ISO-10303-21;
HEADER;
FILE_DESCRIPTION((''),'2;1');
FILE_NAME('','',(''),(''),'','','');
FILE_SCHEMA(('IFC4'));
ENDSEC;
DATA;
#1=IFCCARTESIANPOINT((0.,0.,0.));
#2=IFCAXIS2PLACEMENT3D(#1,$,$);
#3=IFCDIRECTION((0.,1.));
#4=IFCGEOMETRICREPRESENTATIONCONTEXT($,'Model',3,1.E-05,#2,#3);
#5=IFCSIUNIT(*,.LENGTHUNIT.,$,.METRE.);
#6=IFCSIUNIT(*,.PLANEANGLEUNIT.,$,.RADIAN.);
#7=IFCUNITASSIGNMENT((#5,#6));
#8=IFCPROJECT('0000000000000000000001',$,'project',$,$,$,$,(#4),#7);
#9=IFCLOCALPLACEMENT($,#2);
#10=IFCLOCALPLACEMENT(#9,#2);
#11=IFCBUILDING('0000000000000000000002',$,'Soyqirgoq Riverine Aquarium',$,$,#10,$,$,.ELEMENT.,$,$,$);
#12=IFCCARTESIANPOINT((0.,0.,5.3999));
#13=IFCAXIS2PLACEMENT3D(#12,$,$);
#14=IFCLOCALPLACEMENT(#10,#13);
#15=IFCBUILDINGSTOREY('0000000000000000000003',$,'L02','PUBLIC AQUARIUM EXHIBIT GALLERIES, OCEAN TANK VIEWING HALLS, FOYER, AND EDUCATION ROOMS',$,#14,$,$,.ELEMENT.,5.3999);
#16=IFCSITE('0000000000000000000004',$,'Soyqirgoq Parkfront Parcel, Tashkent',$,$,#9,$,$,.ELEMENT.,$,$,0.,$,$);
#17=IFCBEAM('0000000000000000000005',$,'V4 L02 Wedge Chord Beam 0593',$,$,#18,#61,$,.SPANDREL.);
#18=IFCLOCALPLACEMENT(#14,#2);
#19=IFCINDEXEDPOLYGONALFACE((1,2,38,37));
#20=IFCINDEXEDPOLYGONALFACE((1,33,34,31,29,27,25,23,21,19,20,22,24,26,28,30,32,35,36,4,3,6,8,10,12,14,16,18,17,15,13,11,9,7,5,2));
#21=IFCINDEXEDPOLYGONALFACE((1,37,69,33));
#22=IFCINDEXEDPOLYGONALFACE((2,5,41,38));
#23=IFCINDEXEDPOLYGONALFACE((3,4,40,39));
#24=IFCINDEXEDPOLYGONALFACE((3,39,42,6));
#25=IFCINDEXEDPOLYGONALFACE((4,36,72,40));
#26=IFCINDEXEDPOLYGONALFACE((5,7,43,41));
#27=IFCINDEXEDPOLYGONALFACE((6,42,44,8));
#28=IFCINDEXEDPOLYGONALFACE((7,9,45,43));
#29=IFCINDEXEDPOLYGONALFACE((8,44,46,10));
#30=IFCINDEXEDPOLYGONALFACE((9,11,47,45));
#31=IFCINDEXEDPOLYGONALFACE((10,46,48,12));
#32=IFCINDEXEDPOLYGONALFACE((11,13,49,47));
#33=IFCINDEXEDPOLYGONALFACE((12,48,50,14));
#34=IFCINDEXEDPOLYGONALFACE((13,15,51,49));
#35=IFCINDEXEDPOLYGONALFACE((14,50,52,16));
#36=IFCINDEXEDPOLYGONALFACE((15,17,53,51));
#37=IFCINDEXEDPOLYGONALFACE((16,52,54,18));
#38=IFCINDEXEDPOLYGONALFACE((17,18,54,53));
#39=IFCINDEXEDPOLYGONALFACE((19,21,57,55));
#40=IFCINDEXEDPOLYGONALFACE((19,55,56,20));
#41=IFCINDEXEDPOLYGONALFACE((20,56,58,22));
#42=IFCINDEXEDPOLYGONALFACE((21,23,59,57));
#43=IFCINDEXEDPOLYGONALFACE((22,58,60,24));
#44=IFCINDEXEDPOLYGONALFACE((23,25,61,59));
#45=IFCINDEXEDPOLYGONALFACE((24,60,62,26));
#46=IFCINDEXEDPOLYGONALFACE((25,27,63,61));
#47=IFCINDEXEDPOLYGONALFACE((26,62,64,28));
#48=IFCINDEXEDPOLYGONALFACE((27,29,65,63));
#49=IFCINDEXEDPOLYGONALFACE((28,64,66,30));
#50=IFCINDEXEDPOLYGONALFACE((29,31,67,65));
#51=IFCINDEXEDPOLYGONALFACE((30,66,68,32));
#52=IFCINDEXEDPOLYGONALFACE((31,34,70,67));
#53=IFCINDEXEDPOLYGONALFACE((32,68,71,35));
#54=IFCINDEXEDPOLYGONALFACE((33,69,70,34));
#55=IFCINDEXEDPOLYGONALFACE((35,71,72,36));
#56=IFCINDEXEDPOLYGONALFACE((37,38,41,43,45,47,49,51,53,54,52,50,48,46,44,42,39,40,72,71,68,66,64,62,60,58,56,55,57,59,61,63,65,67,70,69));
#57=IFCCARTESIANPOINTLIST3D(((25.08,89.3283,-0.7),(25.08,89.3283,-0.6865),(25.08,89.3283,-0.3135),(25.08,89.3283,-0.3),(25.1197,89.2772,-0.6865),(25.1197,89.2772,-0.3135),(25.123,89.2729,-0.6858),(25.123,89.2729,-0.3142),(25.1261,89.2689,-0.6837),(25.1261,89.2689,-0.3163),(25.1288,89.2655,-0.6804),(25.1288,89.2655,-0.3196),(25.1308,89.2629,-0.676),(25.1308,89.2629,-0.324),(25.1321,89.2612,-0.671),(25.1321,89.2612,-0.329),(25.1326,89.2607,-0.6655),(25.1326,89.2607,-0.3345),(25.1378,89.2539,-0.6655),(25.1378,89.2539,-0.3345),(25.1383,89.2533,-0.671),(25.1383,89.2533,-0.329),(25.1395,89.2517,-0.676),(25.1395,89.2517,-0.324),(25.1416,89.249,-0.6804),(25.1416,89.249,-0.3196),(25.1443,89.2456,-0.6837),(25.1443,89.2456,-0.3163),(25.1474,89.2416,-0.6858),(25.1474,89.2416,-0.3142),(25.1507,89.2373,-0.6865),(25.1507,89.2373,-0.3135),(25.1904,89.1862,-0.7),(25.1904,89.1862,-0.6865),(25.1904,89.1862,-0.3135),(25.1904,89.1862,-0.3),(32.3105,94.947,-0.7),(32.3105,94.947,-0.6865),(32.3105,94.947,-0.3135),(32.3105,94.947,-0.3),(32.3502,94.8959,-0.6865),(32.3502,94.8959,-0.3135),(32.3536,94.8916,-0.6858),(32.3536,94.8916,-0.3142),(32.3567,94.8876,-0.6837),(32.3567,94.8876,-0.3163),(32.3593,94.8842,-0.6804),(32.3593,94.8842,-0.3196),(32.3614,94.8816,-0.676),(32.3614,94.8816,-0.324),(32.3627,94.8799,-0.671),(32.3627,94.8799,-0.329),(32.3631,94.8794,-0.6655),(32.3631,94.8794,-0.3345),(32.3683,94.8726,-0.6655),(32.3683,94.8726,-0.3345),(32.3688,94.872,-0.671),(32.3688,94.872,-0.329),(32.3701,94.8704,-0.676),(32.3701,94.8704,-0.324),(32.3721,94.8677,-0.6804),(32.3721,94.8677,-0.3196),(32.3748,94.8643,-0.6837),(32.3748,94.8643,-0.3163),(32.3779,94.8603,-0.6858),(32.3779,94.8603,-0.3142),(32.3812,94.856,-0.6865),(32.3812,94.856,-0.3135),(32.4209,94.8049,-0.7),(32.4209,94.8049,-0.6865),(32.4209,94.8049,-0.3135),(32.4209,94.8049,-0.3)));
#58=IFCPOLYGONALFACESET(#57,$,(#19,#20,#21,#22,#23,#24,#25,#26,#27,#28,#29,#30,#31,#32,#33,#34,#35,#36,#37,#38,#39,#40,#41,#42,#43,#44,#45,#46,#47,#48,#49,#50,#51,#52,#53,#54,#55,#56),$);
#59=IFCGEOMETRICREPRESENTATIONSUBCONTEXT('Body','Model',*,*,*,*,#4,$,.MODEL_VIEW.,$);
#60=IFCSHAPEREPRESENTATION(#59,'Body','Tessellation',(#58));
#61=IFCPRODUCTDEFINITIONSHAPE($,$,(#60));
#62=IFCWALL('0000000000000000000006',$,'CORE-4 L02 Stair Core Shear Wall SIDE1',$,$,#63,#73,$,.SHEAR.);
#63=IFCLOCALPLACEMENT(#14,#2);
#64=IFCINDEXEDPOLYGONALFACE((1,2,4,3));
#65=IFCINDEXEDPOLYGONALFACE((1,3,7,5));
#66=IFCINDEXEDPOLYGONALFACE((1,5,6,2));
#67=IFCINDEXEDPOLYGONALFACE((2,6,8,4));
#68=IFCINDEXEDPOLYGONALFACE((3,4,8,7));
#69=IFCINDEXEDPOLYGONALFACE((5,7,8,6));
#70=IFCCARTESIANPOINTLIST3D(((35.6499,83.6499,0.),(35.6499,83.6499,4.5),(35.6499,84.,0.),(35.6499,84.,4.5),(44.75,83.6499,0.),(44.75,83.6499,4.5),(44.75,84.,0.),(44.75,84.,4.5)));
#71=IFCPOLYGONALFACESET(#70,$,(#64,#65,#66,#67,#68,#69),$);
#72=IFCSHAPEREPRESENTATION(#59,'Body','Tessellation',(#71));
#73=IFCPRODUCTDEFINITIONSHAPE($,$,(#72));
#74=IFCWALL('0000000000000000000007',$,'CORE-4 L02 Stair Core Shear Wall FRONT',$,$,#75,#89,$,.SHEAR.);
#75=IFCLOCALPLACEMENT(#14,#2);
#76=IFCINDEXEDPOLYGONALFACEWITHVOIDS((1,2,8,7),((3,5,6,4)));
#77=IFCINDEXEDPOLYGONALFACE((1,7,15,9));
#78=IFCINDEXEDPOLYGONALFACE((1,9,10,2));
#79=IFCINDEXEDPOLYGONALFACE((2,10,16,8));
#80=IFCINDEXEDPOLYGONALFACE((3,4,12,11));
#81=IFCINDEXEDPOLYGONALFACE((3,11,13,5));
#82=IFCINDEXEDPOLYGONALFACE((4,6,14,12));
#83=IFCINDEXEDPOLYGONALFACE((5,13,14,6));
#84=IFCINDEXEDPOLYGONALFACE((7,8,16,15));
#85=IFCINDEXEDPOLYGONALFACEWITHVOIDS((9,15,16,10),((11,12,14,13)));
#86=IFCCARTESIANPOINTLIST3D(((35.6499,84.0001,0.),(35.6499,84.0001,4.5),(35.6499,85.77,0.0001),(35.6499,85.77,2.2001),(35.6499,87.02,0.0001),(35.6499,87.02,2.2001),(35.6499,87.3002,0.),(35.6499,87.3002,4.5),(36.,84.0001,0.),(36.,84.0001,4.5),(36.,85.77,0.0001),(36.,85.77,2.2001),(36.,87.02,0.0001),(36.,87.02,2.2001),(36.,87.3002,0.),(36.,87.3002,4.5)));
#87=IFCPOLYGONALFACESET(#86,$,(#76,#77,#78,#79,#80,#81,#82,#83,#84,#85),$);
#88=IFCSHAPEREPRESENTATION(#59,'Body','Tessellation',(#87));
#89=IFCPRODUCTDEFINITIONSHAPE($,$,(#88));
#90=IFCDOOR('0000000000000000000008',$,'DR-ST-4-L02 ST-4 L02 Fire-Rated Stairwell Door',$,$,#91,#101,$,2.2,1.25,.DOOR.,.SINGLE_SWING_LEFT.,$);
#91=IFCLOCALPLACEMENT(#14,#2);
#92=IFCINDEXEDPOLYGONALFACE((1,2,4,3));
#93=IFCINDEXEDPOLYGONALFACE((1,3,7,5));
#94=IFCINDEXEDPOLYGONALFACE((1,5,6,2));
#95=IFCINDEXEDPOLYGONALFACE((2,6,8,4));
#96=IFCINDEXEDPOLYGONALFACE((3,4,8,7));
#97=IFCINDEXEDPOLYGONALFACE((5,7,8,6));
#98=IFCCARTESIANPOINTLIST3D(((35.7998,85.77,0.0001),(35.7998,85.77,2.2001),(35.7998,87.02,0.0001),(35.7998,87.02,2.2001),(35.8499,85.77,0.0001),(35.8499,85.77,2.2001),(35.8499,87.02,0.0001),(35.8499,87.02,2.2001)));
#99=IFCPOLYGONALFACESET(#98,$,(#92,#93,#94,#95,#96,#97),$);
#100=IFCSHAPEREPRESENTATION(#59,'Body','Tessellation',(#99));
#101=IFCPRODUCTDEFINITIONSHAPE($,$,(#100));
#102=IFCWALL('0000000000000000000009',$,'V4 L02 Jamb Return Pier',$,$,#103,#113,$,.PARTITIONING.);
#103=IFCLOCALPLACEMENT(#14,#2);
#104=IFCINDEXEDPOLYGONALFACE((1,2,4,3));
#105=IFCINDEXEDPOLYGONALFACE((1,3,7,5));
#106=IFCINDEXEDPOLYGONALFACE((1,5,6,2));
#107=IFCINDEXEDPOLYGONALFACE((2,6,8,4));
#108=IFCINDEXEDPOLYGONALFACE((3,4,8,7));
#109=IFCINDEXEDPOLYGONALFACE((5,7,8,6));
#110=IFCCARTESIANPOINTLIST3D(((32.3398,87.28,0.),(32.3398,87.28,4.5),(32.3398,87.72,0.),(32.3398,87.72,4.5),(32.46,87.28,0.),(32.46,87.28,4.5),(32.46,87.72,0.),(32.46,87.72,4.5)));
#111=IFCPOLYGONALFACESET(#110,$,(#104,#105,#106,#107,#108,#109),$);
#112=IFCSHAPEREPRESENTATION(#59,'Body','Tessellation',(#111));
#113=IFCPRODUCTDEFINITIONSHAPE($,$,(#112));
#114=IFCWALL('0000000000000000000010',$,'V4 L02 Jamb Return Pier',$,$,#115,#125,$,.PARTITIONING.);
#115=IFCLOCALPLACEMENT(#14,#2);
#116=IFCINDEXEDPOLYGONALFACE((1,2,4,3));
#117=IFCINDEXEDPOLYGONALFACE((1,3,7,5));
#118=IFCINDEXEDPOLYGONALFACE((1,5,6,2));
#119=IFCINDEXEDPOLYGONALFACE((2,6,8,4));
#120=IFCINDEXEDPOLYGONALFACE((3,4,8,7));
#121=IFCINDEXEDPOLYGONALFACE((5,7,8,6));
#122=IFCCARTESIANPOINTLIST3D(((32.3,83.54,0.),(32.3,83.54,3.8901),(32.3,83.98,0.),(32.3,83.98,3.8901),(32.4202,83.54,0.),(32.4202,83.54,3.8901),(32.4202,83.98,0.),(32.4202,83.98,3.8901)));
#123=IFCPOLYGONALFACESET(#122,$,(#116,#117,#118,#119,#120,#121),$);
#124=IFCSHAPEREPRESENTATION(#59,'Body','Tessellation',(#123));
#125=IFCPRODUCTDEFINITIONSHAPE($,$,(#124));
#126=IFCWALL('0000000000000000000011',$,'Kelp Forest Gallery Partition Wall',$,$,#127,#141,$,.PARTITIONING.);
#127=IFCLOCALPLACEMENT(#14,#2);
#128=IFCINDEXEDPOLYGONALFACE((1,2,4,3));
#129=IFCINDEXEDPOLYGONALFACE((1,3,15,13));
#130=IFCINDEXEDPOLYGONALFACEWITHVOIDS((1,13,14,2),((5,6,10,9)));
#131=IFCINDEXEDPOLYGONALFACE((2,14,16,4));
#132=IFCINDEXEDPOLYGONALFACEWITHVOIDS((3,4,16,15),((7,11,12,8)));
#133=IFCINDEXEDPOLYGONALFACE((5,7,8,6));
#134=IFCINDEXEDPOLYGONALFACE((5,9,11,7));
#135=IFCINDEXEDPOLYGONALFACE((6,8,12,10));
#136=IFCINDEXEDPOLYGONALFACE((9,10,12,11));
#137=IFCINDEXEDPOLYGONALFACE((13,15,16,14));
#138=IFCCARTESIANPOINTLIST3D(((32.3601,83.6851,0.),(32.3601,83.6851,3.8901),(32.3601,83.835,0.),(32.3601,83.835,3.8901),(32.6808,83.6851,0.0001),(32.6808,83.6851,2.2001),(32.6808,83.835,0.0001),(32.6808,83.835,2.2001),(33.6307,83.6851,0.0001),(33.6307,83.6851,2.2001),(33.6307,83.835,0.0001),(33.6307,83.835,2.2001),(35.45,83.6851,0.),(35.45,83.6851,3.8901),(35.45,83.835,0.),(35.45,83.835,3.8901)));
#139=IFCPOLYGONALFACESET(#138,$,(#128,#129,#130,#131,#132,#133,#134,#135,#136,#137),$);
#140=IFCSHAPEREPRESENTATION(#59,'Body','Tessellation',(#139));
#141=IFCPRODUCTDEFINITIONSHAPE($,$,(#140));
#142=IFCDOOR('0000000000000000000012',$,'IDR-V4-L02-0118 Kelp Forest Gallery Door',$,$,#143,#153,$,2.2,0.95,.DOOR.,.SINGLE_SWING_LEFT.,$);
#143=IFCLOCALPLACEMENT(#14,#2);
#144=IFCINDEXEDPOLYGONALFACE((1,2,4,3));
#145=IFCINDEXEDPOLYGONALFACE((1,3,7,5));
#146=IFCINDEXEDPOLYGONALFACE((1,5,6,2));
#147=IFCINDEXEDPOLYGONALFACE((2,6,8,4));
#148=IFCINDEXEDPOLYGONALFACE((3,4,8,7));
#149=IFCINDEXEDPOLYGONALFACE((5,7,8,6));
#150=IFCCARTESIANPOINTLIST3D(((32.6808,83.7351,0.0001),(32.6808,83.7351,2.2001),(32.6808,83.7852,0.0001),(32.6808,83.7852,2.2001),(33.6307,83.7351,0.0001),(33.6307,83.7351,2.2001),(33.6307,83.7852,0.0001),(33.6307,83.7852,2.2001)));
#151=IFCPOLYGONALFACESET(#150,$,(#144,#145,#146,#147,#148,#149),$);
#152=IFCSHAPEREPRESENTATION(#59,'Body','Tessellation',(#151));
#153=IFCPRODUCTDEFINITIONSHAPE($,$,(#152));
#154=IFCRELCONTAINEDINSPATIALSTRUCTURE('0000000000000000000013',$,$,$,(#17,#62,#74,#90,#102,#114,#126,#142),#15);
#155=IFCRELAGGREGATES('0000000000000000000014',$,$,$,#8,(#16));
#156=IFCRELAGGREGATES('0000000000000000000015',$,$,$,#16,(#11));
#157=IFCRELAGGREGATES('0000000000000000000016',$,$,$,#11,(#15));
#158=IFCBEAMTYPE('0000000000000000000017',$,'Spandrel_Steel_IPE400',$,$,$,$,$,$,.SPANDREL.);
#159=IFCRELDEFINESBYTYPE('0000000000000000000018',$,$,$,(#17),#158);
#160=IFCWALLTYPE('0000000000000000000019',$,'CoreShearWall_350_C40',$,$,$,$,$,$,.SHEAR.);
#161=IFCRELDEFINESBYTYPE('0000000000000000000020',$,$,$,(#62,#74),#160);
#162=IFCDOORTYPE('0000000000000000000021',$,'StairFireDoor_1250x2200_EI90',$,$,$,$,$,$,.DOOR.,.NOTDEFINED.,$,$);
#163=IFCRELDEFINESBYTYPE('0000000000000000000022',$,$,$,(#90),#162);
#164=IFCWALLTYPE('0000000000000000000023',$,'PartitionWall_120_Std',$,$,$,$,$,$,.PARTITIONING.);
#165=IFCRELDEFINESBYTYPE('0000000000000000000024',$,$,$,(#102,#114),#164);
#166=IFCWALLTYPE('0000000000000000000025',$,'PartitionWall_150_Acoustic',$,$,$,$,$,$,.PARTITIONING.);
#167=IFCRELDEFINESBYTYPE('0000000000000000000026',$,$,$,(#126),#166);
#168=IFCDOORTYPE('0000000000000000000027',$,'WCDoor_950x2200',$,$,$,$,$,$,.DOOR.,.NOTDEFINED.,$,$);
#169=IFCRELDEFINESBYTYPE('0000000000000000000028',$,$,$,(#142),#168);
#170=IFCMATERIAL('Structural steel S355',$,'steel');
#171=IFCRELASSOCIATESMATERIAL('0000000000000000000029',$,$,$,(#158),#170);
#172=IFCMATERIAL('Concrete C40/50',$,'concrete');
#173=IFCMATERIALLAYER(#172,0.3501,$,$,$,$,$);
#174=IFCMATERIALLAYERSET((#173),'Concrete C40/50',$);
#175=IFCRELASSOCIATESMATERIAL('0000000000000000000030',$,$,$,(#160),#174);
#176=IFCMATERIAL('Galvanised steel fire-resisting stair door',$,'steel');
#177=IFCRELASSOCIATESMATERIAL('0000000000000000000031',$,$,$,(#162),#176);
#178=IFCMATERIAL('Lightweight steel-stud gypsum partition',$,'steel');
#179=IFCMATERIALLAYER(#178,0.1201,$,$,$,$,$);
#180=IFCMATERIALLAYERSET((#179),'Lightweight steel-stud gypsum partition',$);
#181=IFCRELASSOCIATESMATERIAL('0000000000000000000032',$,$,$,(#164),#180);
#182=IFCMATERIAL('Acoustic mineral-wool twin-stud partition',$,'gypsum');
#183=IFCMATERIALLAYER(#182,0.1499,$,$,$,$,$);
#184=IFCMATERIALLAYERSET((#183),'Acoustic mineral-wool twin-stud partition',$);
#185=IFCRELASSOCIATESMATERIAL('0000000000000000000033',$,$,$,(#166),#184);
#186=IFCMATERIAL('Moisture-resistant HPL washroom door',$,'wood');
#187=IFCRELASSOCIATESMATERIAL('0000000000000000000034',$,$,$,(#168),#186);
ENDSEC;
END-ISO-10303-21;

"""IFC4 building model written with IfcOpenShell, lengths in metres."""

from ifc_helpers import new_model, si_unit, direction, frame, frame_2d, origin, origin_2d, place, context, subcontext, project, spatial, rectangle, i_section, extrude, material, layer, layer_set, material_profile, profile_set, type_object, element, fill, save


model = new_model("IFC4")

# Units and contexts
model_context = context("Model", 3, precision=1e-05, world=origin(), true_north=direction((0.0, 1.0)))
body_context = subcontext(model_context, "Body", "Model", "MODEL_VIEW")
ifc_project = project(units=[si_unit("LENGTHUNIT", "METRE"), si_unit("PLANEANGLEUNIT", "RADIAN")], contexts=[model_context])

# Site, building, storey
site_placement = place(None, origin())
site = spatial("IfcSite", under=ifc_project, at=site_placement, Name="Soyqirgoq Parkfront Parcel, Tashkent", CompositionType="ELEMENT", RefElevation=0.0)
building_placement = place(site_placement, origin())
building = spatial("IfcBuilding", under=site, at=building_placement, Name="Soyqirgoq Riverine Aquarium", CompositionType="ELEMENT")
storey_placement = place(building_placement, frame((0.0, 0.0, 5.3999)))
storey = spatial("IfcBuildingStorey", under=building, at=storey_placement, Name="L02", Description="PUBLIC AQUARIUM EXHIBIT GALLERIES, OCEAN TANK VIEWING HALLS, FOYER, AND EDUCATION ROOMS", CompositionType="ELEMENT", Elevation=5.3999)

# Beam
ifc_material_1 = material(Name="Structural steel S355", Category="steel")
ifc_material_profile_1 = material_profile(ifc_material_1, i_section(OverallWidth=0.1799, OverallDepth=0.3999, WebThickness=0.0085, FlangeThickness=0.0134, FilletRadius=0.021, at=origin_2d()), Name="IPE 400")
ifc_profile_set_1 = profile_set([ifc_material_profile_1], Name="Structural steel S355")
beam_type_1 = type_object("IfcBeamType", Name="Spandrel_Steel_IPE400", PredefinedType="SPANDREL", material=ifc_profile_set_1)
beam_1_placement = place(storey_placement, frame((32.3657, 94.876, -0.5), z_axis=(-0.789619, -0.613597, 0.0), x_axis=(0.613597, -0.789619, 0.0)))
element("IfcBeam", 1, at=beam_1_placement, inside=storey, type_object=beam_type_1, Name="V4 L02 Wedge Chord Beam 0593", PredefinedType="SPANDREL", context=body_context, shape_type="SweptSolid", body=[
    extrude(i_section(OverallWidth=0.1799, OverallDepth=0.3999, WebThickness=0.0085, FlangeThickness=0.0134, FilletRadius=0.021, at=origin_2d()), origin(), (0.0, 0.0, 1.0), 9.157),
])

# Wall
ifc_material_2 = material(Name="Concrete C40/50", Category="concrete")
ifc_layer_1 = layer(ifc_material_2, 0.3501)
ifc_layer_set_1 = layer_set([ifc_layer_1], Name="Concrete C40/50")
wall_type_1 = type_object("IfcWallType", Name="CoreShearWall_350_C40", PredefinedType="SHEAR", material=ifc_layer_set_1)
wall_1_placement = place(storey_placement, frame((35.6499, 83.825, 0.0), z_axis=(0.0, 0.0, 1.0), x_axis=(1.0, 0.0, 0.0)))
element("IfcWall", 2, at=wall_1_placement, inside=storey, type_object=wall_type_1, Name="CORE-4 L02 Stair Core Shear Wall SIDE1", PredefinedType="SHEAR", context=body_context, shape_type="SweptSolid", body=[
    extrude(rectangle(XDim=9.1001, YDim=0.3501, at=frame_2d((4.55, 0.0))), origin(), (0.0, 0.0, 1.0), 4.5),
])

# Wall, opening, door
wall_2_placement = place(storey_placement, frame((35.825, 87.3, 0.0), z_axis=(0.0, 0.0, 1.0), x_axis=(0.0, -1.0, 0.0)))
wall_2 = element("IfcWall", 3, at=wall_2_placement, inside=storey, type_object=wall_type_1, Name="CORE-4 L02 Stair Core Shear Wall FRONT", PredefinedType="SHEAR", context=body_context, shape_type="SweptSolid", body=[
    extrude(rectangle(XDim=3.3, YDim=0.3501, at=frame_2d((1.6499, 0.0))), origin(), (0.0, 0.0, 1.0), 4.5),
])
opening_1_placement = place(wall_2_placement, frame((0.28, 0.0, 0.0)))
opening_1 = element("IfcOpeningElement", 4, at=opening_1_placement, cuts=wall_2, PredefinedType="OPENING", context=body_context, shape_type="SweptSolid", body=[
    extrude(rectangle(XDim=1.25, YDim=2.2, at=frame_2d((0.625, 1.1001))), frame((0.0, 0.1851, 0.0), z_axis=(0.0, -1.0, 0.0), x_axis=(1.0, 0.0, 0.0)), (0.0, 0.0, 1.0), 0.3701),
])
ifc_material_3 = material(Name="Galvanised steel fire-resisting stair door", Category="steel")
door_type_1 = type_object("IfcDoorType", Name="StairFireDoor_1250x2200_EI90", OperationType="NOTDEFINED", PredefinedType="DOOR", material=ifc_material_3)
door_1_placement = place(opening_1_placement, origin())
door_1 = element("IfcDoor", 5, at=door_1_placement, inside=storey, type_object=door_type_1, Name="DR-ST-4-L02 ST-4 L02 Fire-Rated Stairwell Door", OperationType="SINGLE_SWING_LEFT", OverallHeight=2.2, OverallWidth=1.25, PredefinedType="DOOR", context=body_context, shape_type="SweptSolid", body=[
    extrude(rectangle(XDim=1.25, YDim=2.2, at=frame_2d((0.625, 1.1001))), frame((0.0, 0.0249, 0.0), z_axis=(0.0, -1.0, 0.0), x_axis=(1.0, 0.0, 0.0)), (0.0, 0.0, 1.0), 0.05),
])
fill(opening_1, door_1)

# Walls
ifc_material_4 = material(Name="Lightweight steel-stud gypsum partition", Category="steel")
ifc_layer_2 = layer(ifc_material_4, 0.1201)
ifc_layer_set_2 = layer_set([ifc_layer_2], Name="Lightweight steel-stud gypsum partition")
wall_type_2 = type_object("IfcWallType", Name="PartitionWall_120_Std", PredefinedType="PARTITIONING", material=ifc_layer_set_2)
wall_3_placement = place(storey_placement, frame((32.3999, 87.72, 0.0), z_axis=(0.0, 0.0, 1.0), x_axis=(0.0, -1.0, 0.0)))
element("IfcWall", 6, at=wall_3_placement, inside=storey, type_object=wall_type_2, Name="V4 L02 Jamb Return Pier", PredefinedType="PARTITIONING", context=body_context, shape_type="SweptSolid", body=[
    extrude(rectangle(XDim=0.4399, YDim=0.1201, at=frame_2d((0.22, 0.0))), origin(), (0.0, 0.0, 1.0), 4.5),
])
wall_4_placement = place(storey_placement, frame((32.3601, 83.98, 0.0), z_axis=(0.0, 0.0, 1.0), x_axis=(0.0, -1.0, 0.0)))
element("IfcWall", 7, at=wall_4_placement, inside=storey, type_object=wall_type_2, Name="V4 L02 Jamb Return Pier", PredefinedType="PARTITIONING", context=body_context, shape_type="SweptSolid", body=[
    extrude(rectangle(XDim=0.4399, YDim=0.1201, at=frame_2d((0.22, 0.0))), origin(), (0.0, 0.0, 1.0), 3.8901),
])

# Wall, opening, door
ifc_material_5 = material(Name="Acoustic mineral-wool twin-stud partition", Category="gypsum")
ifc_layer_3 = layer(ifc_material_5, 0.1499)
ifc_layer_set_3 = layer_set([ifc_layer_3], Name="Acoustic mineral-wool twin-stud partition")
wall_type_3 = type_object("IfcWallType", Name="PartitionWall_150_Acoustic", PredefinedType="PARTITIONING", material=ifc_layer_set_3)
wall_5_placement = place(storey_placement, frame((35.45, 83.76, 0.0), z_axis=(0.0, 0.0, 1.0), x_axis=(-1.0, 0.0, 0.0)))
wall_5 = element("IfcWall", 8, at=wall_5_placement, inside=storey, type_object=wall_type_3, Name="Kelp Forest Gallery Partition Wall", PredefinedType="PARTITIONING", context=body_context, shape_type="SweptSolid", body=[
    extrude(rectangle(XDim=3.0898, YDim=0.1499, at=frame_2d((1.5449, 0.0))), origin(), (0.0, 0.0, 1.0), 3.8901),
])
opening_2_placement = place(wall_5_placement, frame((1.8191, 0.0, 0.0)))
opening_2 = element("IfcOpeningElement", 9, at=opening_2_placement, cuts=wall_5, PredefinedType="OPENING", context=body_context, shape_type="SweptSolid", body=[
    extrude(rectangle(XDim=0.95, YDim=2.2, at=frame_2d((0.4751, 1.1001))), frame((0.0, 0.085, 0.0), z_axis=(0.0, -1.0, 0.0), x_axis=(1.0, 0.0, 0.0)), (0.0, 0.0, 1.0), 0.1699),
])
ifc_material_6 = material(Name="Moisture-resistant HPL washroom door", Category="wood")
door_type_2 = type_object("IfcDoorType", Name="WCDoor_950x2200", OperationType="NOTDEFINED", PredefinedType="DOOR", material=ifc_material_6)
door_2_placement = place(opening_2_placement, origin())
door_2 = element("IfcDoor", 10, at=door_2_placement, inside=storey, type_object=door_type_2, Name="IDR-V4-L02-0118 Kelp Forest Gallery Door", OperationType="SINGLE_SWING_LEFT", OverallHeight=2.2, OverallWidth=0.95, PredefinedType="DOOR", context=body_context, shape_type="SweptSolid", body=[
    extrude(rectangle(XDim=0.95, YDim=2.2, at=frame_2d((0.4751, 1.1001))), frame((0.0, 0.0249, 0.0), z_axis=(0.0, -1.0, 0.0), x_axis=(1.0, 0.0, 0.0)), (0.0, 0.0, 1.0), 0.05),
])
fill(opening_2, door_2)

save(model, "model.ifc")
